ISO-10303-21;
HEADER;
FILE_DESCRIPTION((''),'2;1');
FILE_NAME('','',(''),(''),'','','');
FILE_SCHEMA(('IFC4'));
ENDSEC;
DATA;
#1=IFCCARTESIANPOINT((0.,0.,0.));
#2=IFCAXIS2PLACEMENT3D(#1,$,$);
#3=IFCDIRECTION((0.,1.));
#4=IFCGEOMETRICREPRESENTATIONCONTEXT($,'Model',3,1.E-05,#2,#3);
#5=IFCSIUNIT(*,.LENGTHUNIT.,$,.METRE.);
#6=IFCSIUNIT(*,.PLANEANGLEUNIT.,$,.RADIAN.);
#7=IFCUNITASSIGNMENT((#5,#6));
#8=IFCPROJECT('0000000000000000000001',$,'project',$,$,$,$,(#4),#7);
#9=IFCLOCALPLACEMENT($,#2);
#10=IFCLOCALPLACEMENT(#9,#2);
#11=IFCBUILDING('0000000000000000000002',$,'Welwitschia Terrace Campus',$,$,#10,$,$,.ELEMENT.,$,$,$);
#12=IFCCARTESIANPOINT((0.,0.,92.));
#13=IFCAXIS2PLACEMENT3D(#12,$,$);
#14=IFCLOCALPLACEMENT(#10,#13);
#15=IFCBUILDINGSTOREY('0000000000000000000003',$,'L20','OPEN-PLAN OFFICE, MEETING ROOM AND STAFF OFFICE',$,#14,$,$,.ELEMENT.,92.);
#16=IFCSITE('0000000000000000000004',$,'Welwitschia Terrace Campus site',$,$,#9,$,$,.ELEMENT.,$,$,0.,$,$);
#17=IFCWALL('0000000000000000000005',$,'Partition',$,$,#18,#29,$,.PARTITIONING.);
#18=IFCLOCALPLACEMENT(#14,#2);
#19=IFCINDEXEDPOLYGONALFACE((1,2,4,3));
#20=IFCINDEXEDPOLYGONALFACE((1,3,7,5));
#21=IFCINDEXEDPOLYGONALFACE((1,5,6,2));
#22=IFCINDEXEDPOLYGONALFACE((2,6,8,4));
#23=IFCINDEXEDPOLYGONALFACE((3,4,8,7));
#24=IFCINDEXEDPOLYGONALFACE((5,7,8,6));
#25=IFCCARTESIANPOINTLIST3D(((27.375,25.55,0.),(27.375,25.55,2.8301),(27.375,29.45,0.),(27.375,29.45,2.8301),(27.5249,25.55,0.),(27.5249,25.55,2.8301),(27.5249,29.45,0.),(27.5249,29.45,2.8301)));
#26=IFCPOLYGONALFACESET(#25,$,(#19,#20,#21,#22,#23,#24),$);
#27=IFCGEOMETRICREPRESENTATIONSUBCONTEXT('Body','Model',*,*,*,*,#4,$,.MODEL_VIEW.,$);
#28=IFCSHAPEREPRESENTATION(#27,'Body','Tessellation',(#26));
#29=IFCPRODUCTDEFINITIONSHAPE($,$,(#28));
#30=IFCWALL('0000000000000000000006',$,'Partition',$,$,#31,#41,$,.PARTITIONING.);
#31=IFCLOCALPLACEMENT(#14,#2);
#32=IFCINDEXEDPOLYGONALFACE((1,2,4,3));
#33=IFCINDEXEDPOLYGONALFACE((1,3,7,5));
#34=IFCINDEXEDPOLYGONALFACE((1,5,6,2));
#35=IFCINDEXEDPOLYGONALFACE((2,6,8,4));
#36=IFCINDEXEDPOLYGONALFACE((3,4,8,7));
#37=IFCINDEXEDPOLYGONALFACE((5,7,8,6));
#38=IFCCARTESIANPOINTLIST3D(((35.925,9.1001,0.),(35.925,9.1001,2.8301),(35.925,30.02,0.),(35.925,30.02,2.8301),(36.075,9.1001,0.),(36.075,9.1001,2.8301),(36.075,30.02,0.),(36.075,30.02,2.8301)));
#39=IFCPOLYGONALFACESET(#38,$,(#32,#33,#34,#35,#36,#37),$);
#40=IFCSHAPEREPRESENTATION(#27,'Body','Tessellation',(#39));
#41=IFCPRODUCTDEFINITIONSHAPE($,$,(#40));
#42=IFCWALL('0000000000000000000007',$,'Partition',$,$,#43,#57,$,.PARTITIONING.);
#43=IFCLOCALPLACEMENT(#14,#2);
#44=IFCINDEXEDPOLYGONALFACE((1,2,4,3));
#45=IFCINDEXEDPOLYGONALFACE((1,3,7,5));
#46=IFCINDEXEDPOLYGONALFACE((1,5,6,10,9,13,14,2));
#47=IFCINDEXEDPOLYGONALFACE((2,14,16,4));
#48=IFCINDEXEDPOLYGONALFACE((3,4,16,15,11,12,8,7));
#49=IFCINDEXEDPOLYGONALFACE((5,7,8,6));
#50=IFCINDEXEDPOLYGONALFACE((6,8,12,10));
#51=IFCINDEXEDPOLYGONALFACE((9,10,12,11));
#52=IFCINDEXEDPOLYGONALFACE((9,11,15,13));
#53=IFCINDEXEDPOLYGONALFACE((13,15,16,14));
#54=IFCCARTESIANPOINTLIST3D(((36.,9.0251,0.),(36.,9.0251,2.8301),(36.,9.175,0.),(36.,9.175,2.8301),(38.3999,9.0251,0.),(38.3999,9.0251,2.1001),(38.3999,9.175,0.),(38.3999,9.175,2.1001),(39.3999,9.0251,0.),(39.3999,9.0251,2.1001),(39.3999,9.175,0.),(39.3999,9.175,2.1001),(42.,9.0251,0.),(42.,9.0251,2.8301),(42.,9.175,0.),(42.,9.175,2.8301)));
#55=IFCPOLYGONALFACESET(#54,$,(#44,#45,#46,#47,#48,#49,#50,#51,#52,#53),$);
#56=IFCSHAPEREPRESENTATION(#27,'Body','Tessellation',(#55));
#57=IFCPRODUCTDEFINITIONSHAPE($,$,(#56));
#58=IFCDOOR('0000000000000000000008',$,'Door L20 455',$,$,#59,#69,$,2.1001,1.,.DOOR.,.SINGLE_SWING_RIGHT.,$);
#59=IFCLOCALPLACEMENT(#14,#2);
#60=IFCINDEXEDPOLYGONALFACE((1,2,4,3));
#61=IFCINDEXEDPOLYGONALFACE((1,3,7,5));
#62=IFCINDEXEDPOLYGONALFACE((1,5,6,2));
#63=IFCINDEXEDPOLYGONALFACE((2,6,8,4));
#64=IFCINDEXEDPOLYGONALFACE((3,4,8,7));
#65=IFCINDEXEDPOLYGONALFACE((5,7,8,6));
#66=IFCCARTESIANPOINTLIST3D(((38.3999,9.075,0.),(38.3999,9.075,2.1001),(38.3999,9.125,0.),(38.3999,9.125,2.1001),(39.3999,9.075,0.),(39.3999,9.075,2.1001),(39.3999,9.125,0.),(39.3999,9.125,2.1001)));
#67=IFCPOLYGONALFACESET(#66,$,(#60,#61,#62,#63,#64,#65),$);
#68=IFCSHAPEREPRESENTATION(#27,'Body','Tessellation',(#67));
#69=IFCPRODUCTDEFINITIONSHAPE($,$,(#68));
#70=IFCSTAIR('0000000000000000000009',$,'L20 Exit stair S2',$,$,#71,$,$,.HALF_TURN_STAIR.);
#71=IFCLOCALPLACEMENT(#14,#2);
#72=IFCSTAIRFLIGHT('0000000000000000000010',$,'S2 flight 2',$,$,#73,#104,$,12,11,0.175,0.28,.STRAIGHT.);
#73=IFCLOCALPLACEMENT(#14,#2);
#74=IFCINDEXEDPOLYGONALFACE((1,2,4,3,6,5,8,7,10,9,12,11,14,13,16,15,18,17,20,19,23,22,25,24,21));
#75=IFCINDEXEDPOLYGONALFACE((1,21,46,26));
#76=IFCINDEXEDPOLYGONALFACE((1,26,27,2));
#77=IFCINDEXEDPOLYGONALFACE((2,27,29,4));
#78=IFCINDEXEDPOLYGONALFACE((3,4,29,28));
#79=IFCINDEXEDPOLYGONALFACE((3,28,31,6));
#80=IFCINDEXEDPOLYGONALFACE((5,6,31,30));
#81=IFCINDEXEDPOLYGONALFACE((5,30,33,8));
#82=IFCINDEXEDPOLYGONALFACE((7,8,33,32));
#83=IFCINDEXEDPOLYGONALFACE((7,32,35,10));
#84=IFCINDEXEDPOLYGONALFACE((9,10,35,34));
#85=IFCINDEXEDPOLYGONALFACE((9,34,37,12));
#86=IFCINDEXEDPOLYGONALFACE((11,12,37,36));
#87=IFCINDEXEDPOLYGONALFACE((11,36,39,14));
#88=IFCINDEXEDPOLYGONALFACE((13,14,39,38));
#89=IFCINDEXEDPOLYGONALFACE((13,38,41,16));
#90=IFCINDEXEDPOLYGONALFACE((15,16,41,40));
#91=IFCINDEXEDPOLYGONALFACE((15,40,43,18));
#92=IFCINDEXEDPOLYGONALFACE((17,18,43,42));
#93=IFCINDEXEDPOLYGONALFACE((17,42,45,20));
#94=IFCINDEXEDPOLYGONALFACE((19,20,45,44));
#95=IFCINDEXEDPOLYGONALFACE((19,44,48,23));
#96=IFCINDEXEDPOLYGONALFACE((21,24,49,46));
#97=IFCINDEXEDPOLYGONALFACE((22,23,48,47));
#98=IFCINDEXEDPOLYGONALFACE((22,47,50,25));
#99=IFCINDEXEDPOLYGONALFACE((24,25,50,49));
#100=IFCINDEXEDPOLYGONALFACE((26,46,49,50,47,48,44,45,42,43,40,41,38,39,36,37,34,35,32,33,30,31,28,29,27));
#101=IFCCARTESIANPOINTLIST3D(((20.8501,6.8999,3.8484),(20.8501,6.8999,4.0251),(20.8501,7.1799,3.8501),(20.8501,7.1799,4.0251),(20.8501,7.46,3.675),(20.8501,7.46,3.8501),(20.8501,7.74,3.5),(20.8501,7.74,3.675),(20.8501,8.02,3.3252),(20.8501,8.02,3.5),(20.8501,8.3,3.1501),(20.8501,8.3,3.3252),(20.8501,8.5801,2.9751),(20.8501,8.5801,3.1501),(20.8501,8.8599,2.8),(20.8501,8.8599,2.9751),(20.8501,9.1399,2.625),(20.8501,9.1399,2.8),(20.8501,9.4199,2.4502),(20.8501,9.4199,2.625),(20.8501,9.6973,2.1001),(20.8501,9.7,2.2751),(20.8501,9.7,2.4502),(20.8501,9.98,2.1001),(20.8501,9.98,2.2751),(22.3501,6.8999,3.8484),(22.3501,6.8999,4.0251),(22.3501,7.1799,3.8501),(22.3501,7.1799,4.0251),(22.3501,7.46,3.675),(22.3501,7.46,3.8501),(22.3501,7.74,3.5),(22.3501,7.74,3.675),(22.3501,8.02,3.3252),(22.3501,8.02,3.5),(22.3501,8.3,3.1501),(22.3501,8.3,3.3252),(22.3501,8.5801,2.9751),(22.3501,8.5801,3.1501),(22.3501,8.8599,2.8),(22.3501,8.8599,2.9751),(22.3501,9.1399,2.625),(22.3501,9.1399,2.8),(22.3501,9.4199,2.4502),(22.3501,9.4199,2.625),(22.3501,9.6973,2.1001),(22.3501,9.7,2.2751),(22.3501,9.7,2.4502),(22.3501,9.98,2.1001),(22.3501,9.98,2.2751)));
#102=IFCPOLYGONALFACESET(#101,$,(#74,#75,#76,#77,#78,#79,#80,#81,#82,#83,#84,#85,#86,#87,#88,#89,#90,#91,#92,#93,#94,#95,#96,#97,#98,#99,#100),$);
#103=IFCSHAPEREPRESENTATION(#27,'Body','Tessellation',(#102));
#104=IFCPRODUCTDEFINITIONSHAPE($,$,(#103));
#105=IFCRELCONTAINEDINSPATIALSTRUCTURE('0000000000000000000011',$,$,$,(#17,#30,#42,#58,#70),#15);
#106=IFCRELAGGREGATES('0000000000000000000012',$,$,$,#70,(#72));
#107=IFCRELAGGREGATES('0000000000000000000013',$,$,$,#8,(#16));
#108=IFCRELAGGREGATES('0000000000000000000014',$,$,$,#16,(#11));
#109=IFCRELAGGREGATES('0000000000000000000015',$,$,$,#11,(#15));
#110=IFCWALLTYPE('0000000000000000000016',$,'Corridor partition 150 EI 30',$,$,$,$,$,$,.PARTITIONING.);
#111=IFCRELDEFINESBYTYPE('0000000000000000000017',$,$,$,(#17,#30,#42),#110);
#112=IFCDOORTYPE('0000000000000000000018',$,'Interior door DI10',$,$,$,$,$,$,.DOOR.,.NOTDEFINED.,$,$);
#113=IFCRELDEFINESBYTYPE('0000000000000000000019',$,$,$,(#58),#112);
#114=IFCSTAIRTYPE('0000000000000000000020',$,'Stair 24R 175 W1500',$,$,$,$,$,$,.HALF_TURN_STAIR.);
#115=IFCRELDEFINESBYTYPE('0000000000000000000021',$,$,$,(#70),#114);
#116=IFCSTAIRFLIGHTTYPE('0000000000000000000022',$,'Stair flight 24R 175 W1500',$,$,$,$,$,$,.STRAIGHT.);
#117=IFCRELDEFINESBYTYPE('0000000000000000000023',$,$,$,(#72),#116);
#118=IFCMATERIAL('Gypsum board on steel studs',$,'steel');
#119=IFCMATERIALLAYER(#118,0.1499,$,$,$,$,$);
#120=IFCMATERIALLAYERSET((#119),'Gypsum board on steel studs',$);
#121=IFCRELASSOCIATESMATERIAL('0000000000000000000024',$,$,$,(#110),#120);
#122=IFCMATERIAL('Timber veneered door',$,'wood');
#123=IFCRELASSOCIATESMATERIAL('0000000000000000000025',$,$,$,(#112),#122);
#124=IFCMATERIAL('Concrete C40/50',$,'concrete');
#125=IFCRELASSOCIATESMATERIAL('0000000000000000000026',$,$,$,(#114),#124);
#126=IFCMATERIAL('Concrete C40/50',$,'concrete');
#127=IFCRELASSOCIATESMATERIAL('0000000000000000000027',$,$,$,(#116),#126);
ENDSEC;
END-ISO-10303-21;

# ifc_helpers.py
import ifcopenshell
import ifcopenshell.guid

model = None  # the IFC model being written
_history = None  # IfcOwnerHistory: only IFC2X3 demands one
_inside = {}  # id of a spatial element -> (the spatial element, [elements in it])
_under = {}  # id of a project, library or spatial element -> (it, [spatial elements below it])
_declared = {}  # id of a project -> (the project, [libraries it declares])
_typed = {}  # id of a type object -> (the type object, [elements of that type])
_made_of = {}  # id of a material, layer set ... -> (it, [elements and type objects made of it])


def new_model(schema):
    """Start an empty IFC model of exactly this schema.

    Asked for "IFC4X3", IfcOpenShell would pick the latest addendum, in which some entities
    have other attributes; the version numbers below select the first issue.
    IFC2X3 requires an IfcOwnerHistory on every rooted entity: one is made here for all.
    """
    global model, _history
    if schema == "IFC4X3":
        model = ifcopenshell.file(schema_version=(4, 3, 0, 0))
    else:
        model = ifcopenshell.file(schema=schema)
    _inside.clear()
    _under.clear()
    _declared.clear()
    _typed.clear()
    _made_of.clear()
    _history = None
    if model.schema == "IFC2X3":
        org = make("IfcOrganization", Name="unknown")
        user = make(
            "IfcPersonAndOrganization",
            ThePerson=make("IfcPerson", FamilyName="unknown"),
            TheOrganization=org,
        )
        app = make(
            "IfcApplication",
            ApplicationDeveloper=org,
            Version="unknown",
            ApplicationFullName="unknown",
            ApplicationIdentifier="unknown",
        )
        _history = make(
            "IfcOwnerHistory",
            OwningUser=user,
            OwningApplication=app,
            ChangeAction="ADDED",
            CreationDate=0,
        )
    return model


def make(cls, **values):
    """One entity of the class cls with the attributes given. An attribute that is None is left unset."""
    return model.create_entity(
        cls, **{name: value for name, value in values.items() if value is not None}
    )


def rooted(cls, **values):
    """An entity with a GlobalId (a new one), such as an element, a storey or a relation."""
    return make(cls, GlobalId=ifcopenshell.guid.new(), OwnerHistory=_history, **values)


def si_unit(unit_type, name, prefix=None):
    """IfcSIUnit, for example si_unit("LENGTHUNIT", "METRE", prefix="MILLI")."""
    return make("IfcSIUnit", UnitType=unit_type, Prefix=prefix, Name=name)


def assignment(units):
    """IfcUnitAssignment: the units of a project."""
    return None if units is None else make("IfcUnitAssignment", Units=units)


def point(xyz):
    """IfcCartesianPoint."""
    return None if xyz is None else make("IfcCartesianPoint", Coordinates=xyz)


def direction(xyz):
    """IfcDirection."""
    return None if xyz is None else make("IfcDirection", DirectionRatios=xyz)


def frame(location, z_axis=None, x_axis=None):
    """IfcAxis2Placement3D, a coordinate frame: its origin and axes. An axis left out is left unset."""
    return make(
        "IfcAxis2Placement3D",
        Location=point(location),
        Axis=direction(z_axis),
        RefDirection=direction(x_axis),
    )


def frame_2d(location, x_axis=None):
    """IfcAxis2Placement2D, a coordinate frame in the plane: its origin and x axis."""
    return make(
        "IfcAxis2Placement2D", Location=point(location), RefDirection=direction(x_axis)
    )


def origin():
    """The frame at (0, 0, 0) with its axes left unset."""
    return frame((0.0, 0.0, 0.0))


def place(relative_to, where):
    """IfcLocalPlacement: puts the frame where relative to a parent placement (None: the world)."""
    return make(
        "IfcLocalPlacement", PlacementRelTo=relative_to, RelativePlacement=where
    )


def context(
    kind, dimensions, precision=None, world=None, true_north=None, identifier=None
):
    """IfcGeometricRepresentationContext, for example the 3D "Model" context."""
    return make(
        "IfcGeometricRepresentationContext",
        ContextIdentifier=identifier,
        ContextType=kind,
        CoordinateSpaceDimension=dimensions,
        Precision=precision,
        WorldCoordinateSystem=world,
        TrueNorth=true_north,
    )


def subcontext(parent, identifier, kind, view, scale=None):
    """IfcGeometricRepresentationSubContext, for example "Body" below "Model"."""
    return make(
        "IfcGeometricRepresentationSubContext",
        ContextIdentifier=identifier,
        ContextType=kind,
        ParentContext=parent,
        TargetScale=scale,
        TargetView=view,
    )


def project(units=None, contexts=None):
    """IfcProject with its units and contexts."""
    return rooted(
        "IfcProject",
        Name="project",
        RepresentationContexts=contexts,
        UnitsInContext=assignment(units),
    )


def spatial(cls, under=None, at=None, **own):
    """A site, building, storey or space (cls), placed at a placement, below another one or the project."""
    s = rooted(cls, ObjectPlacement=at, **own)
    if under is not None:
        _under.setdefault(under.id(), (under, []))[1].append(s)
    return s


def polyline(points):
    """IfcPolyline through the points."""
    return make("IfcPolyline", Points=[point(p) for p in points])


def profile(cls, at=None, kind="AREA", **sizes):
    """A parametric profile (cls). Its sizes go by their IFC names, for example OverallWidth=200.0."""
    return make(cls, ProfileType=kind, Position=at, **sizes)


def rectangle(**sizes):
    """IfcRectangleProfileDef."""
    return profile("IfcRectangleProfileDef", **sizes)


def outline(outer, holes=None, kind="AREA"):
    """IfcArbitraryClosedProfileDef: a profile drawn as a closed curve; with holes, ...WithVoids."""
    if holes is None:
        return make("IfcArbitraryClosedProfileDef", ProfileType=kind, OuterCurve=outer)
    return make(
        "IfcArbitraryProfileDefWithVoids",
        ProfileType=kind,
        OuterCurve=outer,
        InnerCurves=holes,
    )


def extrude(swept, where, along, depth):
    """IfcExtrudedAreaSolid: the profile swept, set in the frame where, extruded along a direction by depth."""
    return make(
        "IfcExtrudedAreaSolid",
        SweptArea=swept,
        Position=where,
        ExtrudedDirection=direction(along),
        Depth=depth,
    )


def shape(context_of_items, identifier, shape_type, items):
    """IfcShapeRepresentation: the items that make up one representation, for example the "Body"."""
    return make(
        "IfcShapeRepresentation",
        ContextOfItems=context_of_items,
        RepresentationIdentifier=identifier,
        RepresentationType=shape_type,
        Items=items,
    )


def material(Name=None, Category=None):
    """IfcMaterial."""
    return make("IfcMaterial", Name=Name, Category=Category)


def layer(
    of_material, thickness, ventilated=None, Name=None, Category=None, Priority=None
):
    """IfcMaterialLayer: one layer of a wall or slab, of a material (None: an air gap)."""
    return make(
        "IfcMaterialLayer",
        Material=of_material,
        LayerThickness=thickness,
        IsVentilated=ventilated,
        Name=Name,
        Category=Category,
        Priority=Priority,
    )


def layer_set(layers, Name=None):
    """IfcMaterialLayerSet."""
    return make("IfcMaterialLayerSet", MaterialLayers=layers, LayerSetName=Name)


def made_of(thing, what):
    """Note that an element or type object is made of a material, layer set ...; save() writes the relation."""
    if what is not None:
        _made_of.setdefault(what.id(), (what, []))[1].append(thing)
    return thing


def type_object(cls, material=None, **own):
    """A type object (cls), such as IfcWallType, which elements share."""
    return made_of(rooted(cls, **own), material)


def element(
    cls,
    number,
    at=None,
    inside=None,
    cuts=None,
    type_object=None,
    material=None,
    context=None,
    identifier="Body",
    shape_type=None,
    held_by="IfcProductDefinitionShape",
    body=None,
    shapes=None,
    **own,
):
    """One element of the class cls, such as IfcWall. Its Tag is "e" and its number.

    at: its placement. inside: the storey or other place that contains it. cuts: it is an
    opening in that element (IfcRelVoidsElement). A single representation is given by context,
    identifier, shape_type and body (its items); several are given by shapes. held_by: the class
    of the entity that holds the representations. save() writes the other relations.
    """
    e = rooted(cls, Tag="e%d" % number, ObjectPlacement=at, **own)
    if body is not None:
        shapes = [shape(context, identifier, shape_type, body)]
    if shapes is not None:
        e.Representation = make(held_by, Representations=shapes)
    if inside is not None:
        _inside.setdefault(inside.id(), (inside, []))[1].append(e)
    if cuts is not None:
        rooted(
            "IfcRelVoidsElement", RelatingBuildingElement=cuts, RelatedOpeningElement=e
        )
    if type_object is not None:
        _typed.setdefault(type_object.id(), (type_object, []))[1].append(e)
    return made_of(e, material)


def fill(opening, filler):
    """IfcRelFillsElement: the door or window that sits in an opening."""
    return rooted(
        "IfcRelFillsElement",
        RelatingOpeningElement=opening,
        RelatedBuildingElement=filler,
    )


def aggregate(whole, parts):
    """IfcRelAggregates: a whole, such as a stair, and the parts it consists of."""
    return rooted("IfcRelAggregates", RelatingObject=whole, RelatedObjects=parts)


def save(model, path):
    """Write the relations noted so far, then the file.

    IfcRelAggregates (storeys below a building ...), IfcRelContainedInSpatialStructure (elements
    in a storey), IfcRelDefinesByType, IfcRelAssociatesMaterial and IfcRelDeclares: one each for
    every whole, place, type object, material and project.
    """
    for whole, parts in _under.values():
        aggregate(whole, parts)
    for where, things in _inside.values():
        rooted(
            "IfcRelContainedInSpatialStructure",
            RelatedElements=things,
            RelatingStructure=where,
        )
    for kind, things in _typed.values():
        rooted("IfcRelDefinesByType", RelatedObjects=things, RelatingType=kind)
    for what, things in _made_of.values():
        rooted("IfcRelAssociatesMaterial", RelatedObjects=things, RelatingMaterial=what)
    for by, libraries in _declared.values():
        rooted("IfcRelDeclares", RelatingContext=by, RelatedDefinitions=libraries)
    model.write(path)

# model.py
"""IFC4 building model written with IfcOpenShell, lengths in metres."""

from ifc_helpers import new_model, si_unit, direction, frame, frame_2d, origin, place, context, subcontext, project, spatial, polyline, rectangle, outline, extrude, material, layer, layer_set, type_object, element, fill, aggregate, save


model = new_model("IFC4")

# Units and contexts
model_context = context("Model", 3, precision=1e-05, world=origin(), true_north=direction((0.0, 1.0)))
body_context = subcontext(model_context, "Body", "Model", "MODEL_VIEW")
ifc_project = project(units=[si_unit("LENGTHUNIT", "METRE"), si_unit("PLANEANGLEUNIT", "RADIAN")], contexts=[model_context])

# Site, building, storey
site_placement = place(None, origin())
site = spatial("IfcSite", under=ifc_project, at=site_placement, Name="Welwitschia Terrace Campus site", CompositionType="ELEMENT", RefElevation=0.0)
building_placement = place(site_placement, origin())
building = spatial("IfcBuilding", under=site, at=building_placement, Name="Welwitschia Terrace Campus", CompositionType="ELEMENT")
storey_placement = place(building_placement, frame((0.0, 0.0, 92.0)))
storey = spatial("IfcBuildingStorey", under=building, at=storey_placement, Name="L20", Description="OPEN-PLAN OFFICE, MEETING ROOM AND STAFF OFFICE", CompositionType="ELEMENT", Elevation=92.0)

# Shared definitions
ifc_material_1 = material(Name="Gypsum board on steel studs", Category="steel")
ifc_layer_1 = layer(ifc_material_1, 0.1499)
ifc_layer_set_1 = layer_set([ifc_layer_1], Name="Gypsum board on steel studs")
wall_type_1 = type_object("IfcWallType", Name="Corridor partition 150 EI 30", PredefinedType="PARTITIONING", material=ifc_layer_set_1)

# Walls
wall_1_placement = place(storey_placement, frame((27.45, 25.55, 0.0), z_axis=(0.0, 0.0, 1.0), x_axis=(0.0, 1.0, 0.0)))
element("IfcWall", 1, at=wall_1_placement, inside=storey, type_object=wall_type_1, Name="Partition", PredefinedType="PARTITIONING", context=body_context, shape_type="SweptSolid", body=[
    extrude(rectangle(XDim=3.8999, YDim=0.1499, at=frame_2d((1.95, 0.0))), origin(), (0.0, 0.0, 1.0), 2.8301),
])
wall_2_placement = place(storey_placement, frame((36.0, 9.1001, 0.0), z_axis=(0.0, 0.0, 1.0), x_axis=(0.0, 1.0, 0.0)))
element("IfcWall", 2, at=wall_2_placement, inside=storey, type_object=wall_type_1, Name="Partition", PredefinedType="PARTITIONING", context=body_context, shape_type="SweptSolid", body=[
    extrude(rectangle(XDim=20.9199, YDim=0.1499, at=frame_2d((10.46, 0.0))), origin(), (0.0, 0.0, 1.0), 2.8301),
])

# Wall, opening, door
wall_3_placement = place(storey_placement, frame((36.0, 9.1001, 0.0), z_axis=(0.0, 0.0, 1.0), x_axis=(1.0, 0.0, 0.0)))
wall_3 = element("IfcWall", 3, at=wall_3_placement, inside=storey, type_object=wall_type_1, Name="Partition", PredefinedType="PARTITIONING", context=body_context, shape_type="SweptSolid", body=[
    extrude(rectangle(XDim=6.0, YDim=0.1499, at=frame_2d((3.0, 0.0))), origin(), (0.0, 0.0, 1.0), 2.8301),
])
opening_1_placement = place(wall_3_placement, frame((2.3999, 0.0, 0.0)))
opening_1 = element("IfcOpeningElement", 4, at=opening_1_placement, cuts=wall_3, PredefinedType="OPENING", context=body_context, shape_type="SweptSolid", body=[
    extrude(rectangle(XDim=1.0, YDim=2.1001, at=frame_2d((0.5, 1.05))), frame((0.0, 0.085, 0.0), z_axis=(0.0, -1.0, 0.0), x_axis=(1.0, 0.0, 0.0)), (0.0, 0.0, 1.0), 0.1699),
])
ifc_material_2 = material(Name="Timber veneered door", Category="wood")
door_type_1 = type_object("IfcDoorType", Name="Interior door DI10", OperationType="NOTDEFINED", PredefinedType="DOOR", material=ifc_material_2)
door_1_placement = place(opening_1_placement, origin())
door_1 = element("IfcDoor", 5, at=door_1_placement, inside=storey, type_object=door_type_1, Name="Door L20 455", OperationType="SINGLE_SWING_RIGHT", OverallHeight=2.1001, OverallWidth=1.0, PredefinedType="DOOR", context=body_context, shape_type="SweptSolid", body=[
    extrude(rectangle(XDim=1.0, YDim=2.1001, at=frame_2d((0.5, 1.05))), frame((0.0, 0.0249, 0.0), z_axis=(0.0, -1.0, 0.0), x_axis=(1.0, 0.0, 0.0)), (0.0, 0.0, 1.0), 0.05),
])
fill(opening_1, door_1)

# Stair, stair flight
ifc_material_3 = material(Name="Concrete C40/50", Category="concrete")
stair_type = type_object("IfcStairType", Name="Stair 24R 175 W1500", PredefinedType="HALF_TURN_STAIR", material=ifc_material_3)
stair_placement = place(storey_placement, origin())
stair = element("IfcStair", 6, at=stair_placement, inside=storey, type_object=stair_type, Name="L20 Exit stair S2", PredefinedType="HALF_TURN_STAIR")
ifc_material_4 = material(Name="Concrete C40/50", Category="concrete")
stair_flight_type = type_object("IfcStairFlightType", Name="Stair flight 24R 175 W1500", PredefinedType="STRAIGHT", material=ifc_material_4)
stair_flight_placement = place(storey_placement, frame((21.6001, 9.98, 2.1001), z_axis=(0.0, 0.0, 1.0), x_axis=(0.0, -1.0, 0.0)))
stair_flight = element("IfcStairFlight", 7, at=stair_flight_placement, type_object=stair_flight_type, Name="S2 flight 2", NumberOfRisers=12, NumberOfTreads=11, PredefinedType="STRAIGHT", RiserHeight=0.175, TreadLength=0.28, context=body_context, shape_type="SweptSolid", body=[
    extrude(outline(polyline([(0.0, 0.0), (0.0, 0.175), (0.28, 0.175), (0.28, 0.3501), (0.5601, 0.3501), (0.5601, 0.5249), (0.8401, 0.5249), (0.8401, 0.7), (1.1201, 0.7), (1.1201, 0.875), (1.3999, 0.875), (1.3999, 1.05), (1.6799, 1.05), (1.6799, 1.2251), (1.96, 1.2251), (1.96, 1.3999), (2.24, 1.3999), (2.24, 1.575), (2.52, 1.575), (2.52, 1.75), (2.8, 1.75), (2.8, 1.925), (3.0801, 1.925), (3.0801, 2.1001), (3.0801, 1.7483), (0.2827, 0.0), (0.0, 0.0)])), frame((0.0, 0.75, 0.0), z_axis=(0.0, -1.0, 0.0), x_axis=(1.0, 0.0, 0.0)), (0.0, 0.0, 1.0), 1.5),
])
aggregate(stair, [stair_flight])

save(model, "model.ifc")
